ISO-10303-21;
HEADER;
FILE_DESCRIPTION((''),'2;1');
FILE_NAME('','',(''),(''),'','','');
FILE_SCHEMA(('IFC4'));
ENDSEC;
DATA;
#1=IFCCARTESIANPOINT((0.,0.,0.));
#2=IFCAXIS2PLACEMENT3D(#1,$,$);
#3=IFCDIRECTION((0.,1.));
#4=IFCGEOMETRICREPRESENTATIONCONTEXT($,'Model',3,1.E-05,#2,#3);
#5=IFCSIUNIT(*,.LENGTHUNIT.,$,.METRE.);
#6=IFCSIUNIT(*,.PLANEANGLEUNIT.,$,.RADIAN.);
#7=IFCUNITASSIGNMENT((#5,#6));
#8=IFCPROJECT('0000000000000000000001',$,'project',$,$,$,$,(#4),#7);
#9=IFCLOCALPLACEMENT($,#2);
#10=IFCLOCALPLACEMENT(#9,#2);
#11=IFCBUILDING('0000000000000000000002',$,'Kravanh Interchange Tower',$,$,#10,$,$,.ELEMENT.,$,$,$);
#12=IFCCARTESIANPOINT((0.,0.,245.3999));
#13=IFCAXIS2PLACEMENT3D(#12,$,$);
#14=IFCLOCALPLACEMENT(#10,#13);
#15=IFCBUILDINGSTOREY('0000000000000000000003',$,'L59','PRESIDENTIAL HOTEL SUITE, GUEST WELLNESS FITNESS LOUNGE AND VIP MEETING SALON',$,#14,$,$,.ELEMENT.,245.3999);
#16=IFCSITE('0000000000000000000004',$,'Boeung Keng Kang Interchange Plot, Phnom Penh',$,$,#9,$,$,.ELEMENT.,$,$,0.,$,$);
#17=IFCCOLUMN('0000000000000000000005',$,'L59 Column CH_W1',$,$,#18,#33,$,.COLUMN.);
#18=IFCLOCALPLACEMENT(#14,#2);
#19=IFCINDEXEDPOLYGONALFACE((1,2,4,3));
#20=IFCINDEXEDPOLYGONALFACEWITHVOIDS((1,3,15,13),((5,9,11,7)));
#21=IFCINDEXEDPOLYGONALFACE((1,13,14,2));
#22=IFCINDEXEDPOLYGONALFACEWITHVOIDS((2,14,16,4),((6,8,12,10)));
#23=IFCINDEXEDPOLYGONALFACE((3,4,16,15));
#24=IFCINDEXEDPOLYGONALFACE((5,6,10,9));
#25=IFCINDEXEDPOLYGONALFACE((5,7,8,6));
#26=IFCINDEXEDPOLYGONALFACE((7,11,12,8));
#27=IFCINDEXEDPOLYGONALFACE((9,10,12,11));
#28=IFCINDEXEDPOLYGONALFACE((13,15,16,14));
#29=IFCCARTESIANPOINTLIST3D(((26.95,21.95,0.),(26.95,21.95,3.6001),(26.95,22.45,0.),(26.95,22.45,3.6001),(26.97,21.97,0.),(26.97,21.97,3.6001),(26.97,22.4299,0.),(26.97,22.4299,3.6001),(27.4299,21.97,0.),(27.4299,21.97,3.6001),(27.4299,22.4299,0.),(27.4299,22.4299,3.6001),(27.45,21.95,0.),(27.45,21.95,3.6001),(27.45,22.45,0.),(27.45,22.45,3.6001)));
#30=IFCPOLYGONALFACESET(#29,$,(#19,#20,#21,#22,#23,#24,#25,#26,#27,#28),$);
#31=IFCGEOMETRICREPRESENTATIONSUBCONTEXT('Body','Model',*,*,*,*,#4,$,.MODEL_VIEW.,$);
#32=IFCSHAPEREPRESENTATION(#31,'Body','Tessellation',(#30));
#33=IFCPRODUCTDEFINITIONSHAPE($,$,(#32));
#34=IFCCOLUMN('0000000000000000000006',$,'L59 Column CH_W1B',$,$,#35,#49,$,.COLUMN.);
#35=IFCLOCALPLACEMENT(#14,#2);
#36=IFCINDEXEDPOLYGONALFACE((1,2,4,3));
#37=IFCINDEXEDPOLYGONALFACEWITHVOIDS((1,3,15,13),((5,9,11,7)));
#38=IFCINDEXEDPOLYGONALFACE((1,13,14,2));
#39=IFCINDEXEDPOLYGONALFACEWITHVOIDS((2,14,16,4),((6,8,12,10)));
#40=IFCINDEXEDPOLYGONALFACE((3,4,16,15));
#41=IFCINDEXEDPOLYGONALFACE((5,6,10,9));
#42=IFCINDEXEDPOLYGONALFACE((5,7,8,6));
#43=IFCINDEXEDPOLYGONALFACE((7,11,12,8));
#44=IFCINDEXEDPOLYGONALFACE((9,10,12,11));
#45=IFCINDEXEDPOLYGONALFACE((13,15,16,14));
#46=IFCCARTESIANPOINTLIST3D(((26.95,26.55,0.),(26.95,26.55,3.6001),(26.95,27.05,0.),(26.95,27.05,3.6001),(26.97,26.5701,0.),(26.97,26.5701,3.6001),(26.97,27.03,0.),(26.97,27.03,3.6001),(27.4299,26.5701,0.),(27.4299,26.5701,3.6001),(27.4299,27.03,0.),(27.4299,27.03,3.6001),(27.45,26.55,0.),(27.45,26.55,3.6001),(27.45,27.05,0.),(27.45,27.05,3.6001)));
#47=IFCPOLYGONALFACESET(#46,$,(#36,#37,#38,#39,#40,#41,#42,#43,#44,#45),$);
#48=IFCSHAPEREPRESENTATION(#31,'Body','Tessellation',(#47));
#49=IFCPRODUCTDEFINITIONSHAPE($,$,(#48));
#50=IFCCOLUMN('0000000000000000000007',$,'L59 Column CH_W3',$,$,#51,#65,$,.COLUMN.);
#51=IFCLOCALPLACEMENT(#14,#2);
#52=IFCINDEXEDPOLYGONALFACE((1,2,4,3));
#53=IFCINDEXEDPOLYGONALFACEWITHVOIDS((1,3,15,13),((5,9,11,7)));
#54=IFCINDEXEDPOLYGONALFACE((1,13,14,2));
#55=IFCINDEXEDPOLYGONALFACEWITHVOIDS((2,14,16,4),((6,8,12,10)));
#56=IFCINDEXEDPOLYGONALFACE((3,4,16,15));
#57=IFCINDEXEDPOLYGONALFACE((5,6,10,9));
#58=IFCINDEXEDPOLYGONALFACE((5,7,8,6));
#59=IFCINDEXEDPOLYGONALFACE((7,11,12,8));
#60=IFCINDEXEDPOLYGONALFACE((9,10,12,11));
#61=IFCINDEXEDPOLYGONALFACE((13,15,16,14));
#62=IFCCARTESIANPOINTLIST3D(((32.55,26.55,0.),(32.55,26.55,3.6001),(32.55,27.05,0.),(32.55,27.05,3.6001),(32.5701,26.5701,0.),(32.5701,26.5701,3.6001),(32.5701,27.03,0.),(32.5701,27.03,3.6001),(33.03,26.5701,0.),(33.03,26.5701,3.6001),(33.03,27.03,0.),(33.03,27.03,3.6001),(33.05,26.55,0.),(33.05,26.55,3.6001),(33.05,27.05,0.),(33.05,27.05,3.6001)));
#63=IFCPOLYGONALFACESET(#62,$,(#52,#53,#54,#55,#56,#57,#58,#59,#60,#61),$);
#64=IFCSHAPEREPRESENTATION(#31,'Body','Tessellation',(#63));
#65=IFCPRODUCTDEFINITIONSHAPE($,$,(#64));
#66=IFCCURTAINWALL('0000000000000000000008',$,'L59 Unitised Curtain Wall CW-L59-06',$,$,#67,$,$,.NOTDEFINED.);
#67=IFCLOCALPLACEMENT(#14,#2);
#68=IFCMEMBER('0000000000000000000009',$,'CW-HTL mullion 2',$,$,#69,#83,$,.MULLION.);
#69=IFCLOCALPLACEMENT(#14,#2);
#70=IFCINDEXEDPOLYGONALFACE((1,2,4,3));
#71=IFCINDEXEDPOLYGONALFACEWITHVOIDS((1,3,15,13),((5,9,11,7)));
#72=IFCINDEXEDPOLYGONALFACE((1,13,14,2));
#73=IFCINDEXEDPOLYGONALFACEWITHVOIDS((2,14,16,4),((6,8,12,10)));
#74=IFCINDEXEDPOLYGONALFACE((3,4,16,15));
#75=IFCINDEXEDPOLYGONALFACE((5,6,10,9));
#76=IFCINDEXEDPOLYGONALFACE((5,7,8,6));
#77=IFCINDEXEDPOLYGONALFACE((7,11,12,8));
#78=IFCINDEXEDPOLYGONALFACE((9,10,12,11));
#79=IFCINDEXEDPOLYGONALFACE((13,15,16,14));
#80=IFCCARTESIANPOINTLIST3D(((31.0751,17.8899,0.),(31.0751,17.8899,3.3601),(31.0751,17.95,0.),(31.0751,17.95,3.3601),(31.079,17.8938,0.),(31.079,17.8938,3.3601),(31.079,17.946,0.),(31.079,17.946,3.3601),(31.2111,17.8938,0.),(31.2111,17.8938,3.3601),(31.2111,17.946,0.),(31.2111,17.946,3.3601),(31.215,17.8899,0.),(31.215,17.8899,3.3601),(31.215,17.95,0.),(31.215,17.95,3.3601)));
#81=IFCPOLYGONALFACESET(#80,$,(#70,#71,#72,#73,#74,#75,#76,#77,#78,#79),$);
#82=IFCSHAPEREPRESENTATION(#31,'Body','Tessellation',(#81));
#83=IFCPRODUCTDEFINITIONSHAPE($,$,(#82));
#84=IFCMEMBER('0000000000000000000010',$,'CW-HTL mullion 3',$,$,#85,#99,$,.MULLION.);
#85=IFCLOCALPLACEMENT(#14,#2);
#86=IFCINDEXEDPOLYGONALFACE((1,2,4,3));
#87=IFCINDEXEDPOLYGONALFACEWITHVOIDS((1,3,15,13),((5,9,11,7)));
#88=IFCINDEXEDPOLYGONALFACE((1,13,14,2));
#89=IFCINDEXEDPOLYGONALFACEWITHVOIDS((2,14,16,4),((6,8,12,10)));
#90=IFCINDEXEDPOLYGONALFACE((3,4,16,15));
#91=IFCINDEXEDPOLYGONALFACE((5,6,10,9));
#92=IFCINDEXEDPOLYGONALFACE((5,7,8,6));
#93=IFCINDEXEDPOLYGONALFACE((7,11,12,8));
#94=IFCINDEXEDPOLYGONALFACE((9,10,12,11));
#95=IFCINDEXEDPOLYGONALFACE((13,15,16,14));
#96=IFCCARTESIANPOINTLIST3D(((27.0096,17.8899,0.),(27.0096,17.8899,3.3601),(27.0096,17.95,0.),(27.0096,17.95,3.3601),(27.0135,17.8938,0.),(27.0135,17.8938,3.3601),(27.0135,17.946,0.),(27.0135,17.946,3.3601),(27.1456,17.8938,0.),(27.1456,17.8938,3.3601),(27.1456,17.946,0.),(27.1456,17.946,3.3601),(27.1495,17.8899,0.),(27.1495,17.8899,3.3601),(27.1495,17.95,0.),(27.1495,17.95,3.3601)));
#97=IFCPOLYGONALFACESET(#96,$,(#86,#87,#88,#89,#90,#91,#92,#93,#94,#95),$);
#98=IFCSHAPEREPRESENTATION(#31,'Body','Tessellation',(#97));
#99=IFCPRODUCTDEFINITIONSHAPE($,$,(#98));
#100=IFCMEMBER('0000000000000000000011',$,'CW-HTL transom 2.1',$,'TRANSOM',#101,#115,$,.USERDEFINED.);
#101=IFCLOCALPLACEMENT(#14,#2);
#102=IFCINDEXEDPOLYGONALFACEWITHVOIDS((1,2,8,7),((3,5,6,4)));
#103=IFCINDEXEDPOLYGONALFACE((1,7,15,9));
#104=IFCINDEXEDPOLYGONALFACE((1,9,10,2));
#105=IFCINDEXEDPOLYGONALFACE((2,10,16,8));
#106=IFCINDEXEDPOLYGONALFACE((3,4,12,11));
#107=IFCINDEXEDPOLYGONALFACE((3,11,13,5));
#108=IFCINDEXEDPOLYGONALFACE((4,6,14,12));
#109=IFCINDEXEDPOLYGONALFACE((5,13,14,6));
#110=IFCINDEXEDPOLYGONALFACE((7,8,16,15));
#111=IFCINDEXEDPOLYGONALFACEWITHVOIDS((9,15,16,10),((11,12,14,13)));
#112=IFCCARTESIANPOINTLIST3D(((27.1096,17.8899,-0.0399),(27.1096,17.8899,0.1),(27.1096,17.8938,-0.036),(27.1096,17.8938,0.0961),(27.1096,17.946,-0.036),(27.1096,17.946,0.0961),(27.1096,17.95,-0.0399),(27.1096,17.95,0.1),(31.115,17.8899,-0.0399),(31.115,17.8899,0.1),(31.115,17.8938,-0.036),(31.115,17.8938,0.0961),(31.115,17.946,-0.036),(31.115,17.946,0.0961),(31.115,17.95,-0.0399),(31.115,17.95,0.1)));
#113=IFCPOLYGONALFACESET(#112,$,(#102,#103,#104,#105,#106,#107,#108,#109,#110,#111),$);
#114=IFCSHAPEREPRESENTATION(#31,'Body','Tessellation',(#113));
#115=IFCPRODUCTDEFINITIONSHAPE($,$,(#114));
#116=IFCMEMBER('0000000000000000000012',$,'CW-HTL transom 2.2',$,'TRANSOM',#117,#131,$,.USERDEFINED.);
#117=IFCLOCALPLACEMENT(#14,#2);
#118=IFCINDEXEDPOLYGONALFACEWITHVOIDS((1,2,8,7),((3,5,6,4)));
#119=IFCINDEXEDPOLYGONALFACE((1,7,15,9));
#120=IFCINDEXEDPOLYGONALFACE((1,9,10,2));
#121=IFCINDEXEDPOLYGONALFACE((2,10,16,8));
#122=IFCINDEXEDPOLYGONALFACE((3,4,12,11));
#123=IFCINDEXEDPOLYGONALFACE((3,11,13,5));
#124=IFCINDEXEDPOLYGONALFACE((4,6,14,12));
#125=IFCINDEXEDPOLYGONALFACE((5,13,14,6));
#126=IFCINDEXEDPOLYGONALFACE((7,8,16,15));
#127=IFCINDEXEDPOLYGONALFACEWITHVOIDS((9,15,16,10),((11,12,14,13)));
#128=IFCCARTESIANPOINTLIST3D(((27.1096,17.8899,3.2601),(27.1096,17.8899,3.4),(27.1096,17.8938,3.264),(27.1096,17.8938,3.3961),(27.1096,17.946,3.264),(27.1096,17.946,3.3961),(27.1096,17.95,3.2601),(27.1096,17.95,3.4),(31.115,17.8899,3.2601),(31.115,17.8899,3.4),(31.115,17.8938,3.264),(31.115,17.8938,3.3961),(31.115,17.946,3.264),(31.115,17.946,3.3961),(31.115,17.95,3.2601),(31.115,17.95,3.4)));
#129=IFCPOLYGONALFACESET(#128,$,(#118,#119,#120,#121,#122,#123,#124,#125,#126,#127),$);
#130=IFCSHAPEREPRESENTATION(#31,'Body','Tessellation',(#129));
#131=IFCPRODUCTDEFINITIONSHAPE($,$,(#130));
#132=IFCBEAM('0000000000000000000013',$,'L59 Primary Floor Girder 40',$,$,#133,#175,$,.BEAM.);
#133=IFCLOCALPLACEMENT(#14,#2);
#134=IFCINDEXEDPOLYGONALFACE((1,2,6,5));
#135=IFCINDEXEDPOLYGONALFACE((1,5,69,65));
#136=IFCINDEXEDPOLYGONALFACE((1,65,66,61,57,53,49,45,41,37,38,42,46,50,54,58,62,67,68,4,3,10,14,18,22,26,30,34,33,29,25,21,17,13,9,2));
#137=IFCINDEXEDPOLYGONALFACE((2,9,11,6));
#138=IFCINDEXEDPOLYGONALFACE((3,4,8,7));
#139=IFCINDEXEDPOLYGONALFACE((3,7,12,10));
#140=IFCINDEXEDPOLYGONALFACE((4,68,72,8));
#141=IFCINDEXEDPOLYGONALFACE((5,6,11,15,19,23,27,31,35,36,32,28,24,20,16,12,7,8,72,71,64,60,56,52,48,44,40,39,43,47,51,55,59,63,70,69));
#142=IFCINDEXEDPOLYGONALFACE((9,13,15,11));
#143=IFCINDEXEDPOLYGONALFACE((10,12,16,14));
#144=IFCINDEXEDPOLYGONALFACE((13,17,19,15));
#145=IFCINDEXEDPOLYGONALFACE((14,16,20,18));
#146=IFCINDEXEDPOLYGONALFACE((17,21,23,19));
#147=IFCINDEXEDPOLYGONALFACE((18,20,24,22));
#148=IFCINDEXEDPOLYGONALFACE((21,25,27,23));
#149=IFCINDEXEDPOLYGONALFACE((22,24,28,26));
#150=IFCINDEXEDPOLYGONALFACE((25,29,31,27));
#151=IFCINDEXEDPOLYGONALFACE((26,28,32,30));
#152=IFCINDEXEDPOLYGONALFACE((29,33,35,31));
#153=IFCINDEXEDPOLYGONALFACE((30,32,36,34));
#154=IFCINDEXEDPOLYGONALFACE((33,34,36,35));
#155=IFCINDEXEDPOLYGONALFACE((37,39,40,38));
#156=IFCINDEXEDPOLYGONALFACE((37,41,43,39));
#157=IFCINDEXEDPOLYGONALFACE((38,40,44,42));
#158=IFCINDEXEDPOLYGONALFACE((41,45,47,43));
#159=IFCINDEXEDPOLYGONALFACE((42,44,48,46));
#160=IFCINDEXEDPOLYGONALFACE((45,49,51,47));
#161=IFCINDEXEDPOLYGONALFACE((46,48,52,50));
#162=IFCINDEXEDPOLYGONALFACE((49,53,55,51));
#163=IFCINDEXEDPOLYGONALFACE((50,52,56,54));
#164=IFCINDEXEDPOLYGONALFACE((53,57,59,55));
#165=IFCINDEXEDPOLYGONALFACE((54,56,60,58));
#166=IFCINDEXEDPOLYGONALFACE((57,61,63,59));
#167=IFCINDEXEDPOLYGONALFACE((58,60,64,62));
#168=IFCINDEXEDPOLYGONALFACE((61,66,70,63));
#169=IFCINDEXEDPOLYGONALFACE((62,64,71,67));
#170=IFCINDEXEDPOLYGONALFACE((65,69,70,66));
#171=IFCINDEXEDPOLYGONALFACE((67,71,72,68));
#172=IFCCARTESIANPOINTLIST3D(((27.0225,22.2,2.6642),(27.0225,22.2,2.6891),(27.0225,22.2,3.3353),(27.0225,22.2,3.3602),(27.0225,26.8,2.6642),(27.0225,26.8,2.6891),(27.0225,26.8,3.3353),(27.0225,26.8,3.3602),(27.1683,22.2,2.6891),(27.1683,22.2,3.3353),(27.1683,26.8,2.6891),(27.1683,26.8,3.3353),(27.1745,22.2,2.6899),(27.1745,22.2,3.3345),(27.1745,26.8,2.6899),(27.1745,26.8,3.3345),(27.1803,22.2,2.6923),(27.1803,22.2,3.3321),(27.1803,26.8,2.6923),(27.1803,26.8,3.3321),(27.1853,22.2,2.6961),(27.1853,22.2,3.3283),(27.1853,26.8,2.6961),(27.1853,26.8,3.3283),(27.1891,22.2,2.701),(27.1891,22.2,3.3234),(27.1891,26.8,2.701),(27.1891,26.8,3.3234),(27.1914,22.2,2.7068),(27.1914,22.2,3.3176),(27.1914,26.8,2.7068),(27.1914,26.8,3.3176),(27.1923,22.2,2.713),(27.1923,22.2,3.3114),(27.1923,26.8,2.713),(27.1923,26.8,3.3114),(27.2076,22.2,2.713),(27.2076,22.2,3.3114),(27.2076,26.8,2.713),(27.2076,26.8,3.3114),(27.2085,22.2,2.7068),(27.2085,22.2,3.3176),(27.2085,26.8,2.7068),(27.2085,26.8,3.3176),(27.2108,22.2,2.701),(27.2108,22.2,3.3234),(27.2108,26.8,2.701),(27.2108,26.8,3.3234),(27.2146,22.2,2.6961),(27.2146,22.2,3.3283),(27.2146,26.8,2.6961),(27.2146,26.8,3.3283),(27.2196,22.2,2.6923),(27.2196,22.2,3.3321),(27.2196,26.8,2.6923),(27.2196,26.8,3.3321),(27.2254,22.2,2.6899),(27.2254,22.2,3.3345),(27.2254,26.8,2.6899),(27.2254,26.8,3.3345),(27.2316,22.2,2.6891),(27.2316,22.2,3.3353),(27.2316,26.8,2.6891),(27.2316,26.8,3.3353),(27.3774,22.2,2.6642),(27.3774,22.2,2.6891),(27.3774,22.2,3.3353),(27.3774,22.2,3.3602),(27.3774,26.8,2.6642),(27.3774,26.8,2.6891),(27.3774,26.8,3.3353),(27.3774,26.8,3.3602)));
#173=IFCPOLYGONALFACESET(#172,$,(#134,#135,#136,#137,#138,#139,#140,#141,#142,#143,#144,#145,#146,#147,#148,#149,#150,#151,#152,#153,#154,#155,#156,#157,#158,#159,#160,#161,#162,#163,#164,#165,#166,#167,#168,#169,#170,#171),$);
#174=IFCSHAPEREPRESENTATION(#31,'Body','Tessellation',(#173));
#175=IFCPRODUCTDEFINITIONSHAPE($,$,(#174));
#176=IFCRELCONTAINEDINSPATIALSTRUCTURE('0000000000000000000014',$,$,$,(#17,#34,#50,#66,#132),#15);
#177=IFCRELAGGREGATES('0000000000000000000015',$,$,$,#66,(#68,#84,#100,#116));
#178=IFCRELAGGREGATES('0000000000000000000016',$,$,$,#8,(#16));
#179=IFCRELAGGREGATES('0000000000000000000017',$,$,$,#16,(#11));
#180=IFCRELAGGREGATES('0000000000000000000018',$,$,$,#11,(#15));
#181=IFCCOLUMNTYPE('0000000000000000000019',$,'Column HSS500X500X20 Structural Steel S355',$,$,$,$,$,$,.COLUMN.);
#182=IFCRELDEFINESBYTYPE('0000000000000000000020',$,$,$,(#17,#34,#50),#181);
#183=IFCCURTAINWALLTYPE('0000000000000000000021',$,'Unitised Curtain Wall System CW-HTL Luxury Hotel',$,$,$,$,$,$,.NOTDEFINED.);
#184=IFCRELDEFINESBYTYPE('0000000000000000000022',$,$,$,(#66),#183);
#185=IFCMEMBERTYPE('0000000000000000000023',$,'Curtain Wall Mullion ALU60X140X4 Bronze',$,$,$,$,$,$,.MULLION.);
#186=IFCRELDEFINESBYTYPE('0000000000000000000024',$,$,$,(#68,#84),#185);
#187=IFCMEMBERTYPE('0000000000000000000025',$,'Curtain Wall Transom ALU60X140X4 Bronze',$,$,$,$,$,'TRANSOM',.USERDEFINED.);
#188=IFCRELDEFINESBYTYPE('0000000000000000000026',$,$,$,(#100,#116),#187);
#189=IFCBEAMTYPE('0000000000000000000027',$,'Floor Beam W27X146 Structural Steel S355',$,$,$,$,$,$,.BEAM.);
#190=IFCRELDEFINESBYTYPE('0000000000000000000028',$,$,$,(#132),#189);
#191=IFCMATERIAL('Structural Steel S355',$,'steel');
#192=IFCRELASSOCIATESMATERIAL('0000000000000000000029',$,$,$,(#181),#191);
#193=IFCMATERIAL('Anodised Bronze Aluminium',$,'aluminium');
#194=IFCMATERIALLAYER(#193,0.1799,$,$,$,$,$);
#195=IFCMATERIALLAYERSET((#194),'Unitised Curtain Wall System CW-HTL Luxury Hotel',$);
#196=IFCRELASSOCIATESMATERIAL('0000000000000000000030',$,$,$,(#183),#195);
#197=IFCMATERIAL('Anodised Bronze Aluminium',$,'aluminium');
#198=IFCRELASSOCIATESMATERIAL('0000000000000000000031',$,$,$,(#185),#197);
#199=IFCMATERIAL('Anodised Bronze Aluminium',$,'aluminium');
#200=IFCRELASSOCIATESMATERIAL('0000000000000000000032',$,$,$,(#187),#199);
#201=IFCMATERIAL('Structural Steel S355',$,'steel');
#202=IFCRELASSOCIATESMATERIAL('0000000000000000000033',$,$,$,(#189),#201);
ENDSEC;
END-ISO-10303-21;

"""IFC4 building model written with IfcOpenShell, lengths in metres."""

from ifc_helpers import new_model, si_unit, direction, frame, origin, origin_2d, place, context, subcontext, project, spatial, hollow_rectangle, i_section, extrude, material, layer, layer_set, material_profile, profile_set, type_object, element, aggregate, save


model = new_model("IFC4")

# Units and contexts
model_context = context("Model", 3, precision=1e-05, world=origin(), true_north=direction((0.0, 1.0)))
body_context = subcontext(model_context, "Body", "Model", "MODEL_VIEW")
ifc_project = project(units=[si_unit("LENGTHUNIT", "METRE"), si_unit("PLANEANGLEUNIT", "RADIAN")], contexts=[model_context])

# Site, building, storey
site_placement = place(None, origin())
site = spatial("IfcSite", under=ifc_project, at=site_placement, Name="Boeung Keng Kang Interchange Plot, Phnom Penh", CompositionType="ELEMENT", RefElevation=0.0)
building_placement = place(site_placement, origin())
building = spatial("IfcBuilding", under=site, at=building_placement, Name="Kravanh Interchange Tower", CompositionType="ELEMENT")
storey_placement = place(building_placement, frame((0.0, 0.0, 245.3999)))
storey = spatial("IfcBuildingStorey", under=building, at=storey_placement, Name="L59", Description="PRESIDENTIAL HOTEL SUITE, GUEST WELLNESS FITNESS LOUNGE AND VIP MEETING SALON", CompositionType="ELEMENT", Elevation=245.3999)

# Columns
ifc_material_1 = material(Name="Structural Steel S355", Category="steel")
ifc_material_profile_1 = material_profile(ifc_material_1, hollow_rectangle(XDim=0.5, YDim=0.5, WallThickness=0.02, at=origin_2d()), Name="HSS500X500X20")
ifc_profile_set_1 = profile_set([ifc_material_profile_1], Name="Structural Steel S355")
column_type = type_object("IfcColumnType", Name="Column HSS500X500X20 Structural Steel S355", PredefinedType="COLUMN", material=ifc_profile_set_1)
for number, where, z_axis, x_axis, name in (
    (1, (27.2, 22.2, 0.0), (0.0, 0.0, 1.0), (1.0, 0.0, 0.0), "L59 Column CH_W1"),
    (2, (27.2, 26.8, 0.0), (0.0, 0.0, 1.0), (1.0, 0.0, 0.0), "L59 Column CH_W1B"),
    (3, (32.8, 26.8, 0.0), (0.0, 0.0, 1.0), (1.0, 0.0, 0.0), "L59 Column CH_W3"),
):
    element("IfcColumn", number, at=place(storey_placement, frame(where, z_axis=z_axis, x_axis=x_axis)), inside=storey, type_object=column_type, Name=name, PredefinedType="COLUMN", context=body_context, shape_type="SweptSolid", body=[
        extrude(hollow_rectangle(XDim=0.5, YDim=0.5, WallThickness=0.02, at=origin_2d()), origin(), (0.0, 0.0, 1.0), 3.6001),
    ])

# Curtain wall, members
ifc_material_2 = material(Name="Anodised Bronze Aluminium", Category="aluminium")
ifc_layer_1 = layer(ifc_material_2, 0.1799)
ifc_layer_set_1 = layer_set([ifc_layer_1], Name="Unitised Curtain Wall System CW-HTL Luxury Hotel")
curtain_wall_type = type_object("IfcCurtainWallType", Name="Unitised Curtain Wall System CW-HTL Luxury Hotel", PredefinedType="NOTDEFINED", material=ifc_layer_set_1)
curtain_wall_placement = place(storey_placement, origin())
curtain_wall = element("IfcCurtainWall", 4, at=curtain_wall_placement, inside=storey, type_object=curtain_wall_type, Name="L59 Unitised Curtain Wall CW-L59-06", PredefinedType="NOTDEFINED")
ifc_material_3 = material(Name="Anodised Bronze Aluminium", Category="aluminium")
ifc_material_profile_2 = material_profile(ifc_material_3, hollow_rectangle(XDim=0.0601, YDim=0.1399, WallThickness=0.0039, at=origin_2d()), Name="ALU60X140X4")
ifc_profile_set_2 = profile_set([ifc_material_profile_2], Name="Anodised Bronze Aluminium")
member_type_1 = type_object("IfcMemberType", Name="Curtain Wall Mullion ALU60X140X4 Bronze", PredefinedType="MULLION", material=ifc_profile_set_2)
member_1_placement = place(storey_placement, frame((31.145, 17.9199, 0.0), z_axis=(0.0, 0.0, 1.0), x_axis=(0.0, -1.0, 0.0)))
member_1 = element("IfcMember", 5, at=member_1_placement, type_object=member_type_1, Name="CW-HTL mullion 2", PredefinedType="MULLION", context=body_context, shape_type="SweptSolid", body=[
    extrude(hollow_rectangle(XDim=0.0601, YDim=0.1399, WallThickness=0.0039, at=origin_2d()), origin(), (0.0, 0.0, 1.0), 3.3601),
])
member_2_placement = place(storey_placement, frame((27.0796, 17.9199, 0.0), z_axis=(0.0, 0.0, 1.0), x_axis=(0.0, -1.0, 0.0)))
member_2 = element("IfcMember", 6, at=member_2_placement, type_object=member_type_1, Name="CW-HTL mullion 3", PredefinedType="MULLION", context=body_context, shape_type="SweptSolid", body=[
    extrude(hollow_rectangle(XDim=0.0601, YDim=0.1399, WallThickness=0.0039, at=origin_2d()), origin(), (0.0, 0.0, 1.0), 3.3601),
])
ifc_material_4 = material(Name="Anodised Bronze Aluminium", Category="aluminium")
ifc_material_profile_3 = material_profile(ifc_material_4, hollow_rectangle(XDim=0.0601, YDim=0.1399, WallThickness=0.0039, at=origin_2d()), Name="ALU60X140X4")
ifc_profile_set_3 = profile_set([ifc_material_profile_3], Name="Anodised Bronze Aluminium")
member_type_2 = type_object("IfcMemberType", Name="Curtain Wall Transom ALU60X140X4 Bronze", ElementType="TRANSOM", PredefinedType="USERDEFINED", material=ifc_profile_set_3)
member_3_placement = place(storey_placement, frame((31.115, 17.9199, 0.03), z_axis=(-1.0, 0.0, 0.0), x_axis=(0.0, -1.0, 0.0)))
member_3 = element("IfcMember", 7, at=member_3_placement, type_object=member_type_2, Name="CW-HTL transom 2.1", ObjectType="TRANSOM", PredefinedType="USERDEFINED", context=body_context, shape_type="SweptSolid", body=[
    extrude(hollow_rectangle(XDim=0.0601, YDim=0.1399, WallThickness=0.0039, at=origin_2d()), origin(), (0.0, 0.0, 1.0), 4.0054),
])
member_4_placement = place(storey_placement, frame((31.115, 17.9199, 3.3301), z_axis=(-1.0, 0.0, 0.0), x_axis=(0.0, -1.0, 0.0)))
member_4 = element("IfcMember", 8, at=member_4_placement, type_object=member_type_2, Name="CW-HTL transom 2.2", ObjectType="TRANSOM", PredefinedType="USERDEFINED", context=body_context, shape_type="SweptSolid", body=[
    extrude(hollow_rectangle(XDim=0.0601, YDim=0.1399, WallThickness=0.0039, at=origin_2d()), origin(), (0.0, 0.0, 1.0), 4.0054),
])

# Beam
ifc_material_5 = material(Name="Structural Steel S355", Category="steel")
ifc_material_profile_4 = material_profile(ifc_material_5, i_section(OverallWidth=0.355, OverallDepth=0.696, WebThickness=0.0154, FlangeThickness=0.0249, FilletRadius=0.0239, at=origin_2d()), Name="W27X146")
ifc_profile_set_4 = profile_set([ifc_material_profile_4], Name="Structural Steel S355")
beam_type_1 = type_object("IfcBeamType", Name="Floor Beam W27X146 Structural Steel S355", PredefinedType="BEAM", material=ifc_profile_set_4)
beam_1_placement = place(storey_placement, frame((27.2, 22.2, 3.0122), z_axis=(0.0, 1.0, 0.0), x_axis=(-1.0, 0.0, 0.0)))
element("IfcBeam", 9, at=beam_1_placement, inside=storey, type_object=beam_type_1, Name="L59 Primary Floor Girder 40", PredefinedType="BEAM", context=body_context, shape_type="SweptSolid", body=[
    extrude(i_section(OverallWidth=0.355, OverallDepth=0.696, WebThickness=0.0154, FlangeThickness=0.0249, FilletRadius=0.0239, at=origin_2d()), origin(), (0.0, 0.0, 1.0), 4.6001),
])

aggregate(curtain_wall, [member_1, member_2, member_3, member_4])

save(model, "model.ifc")
